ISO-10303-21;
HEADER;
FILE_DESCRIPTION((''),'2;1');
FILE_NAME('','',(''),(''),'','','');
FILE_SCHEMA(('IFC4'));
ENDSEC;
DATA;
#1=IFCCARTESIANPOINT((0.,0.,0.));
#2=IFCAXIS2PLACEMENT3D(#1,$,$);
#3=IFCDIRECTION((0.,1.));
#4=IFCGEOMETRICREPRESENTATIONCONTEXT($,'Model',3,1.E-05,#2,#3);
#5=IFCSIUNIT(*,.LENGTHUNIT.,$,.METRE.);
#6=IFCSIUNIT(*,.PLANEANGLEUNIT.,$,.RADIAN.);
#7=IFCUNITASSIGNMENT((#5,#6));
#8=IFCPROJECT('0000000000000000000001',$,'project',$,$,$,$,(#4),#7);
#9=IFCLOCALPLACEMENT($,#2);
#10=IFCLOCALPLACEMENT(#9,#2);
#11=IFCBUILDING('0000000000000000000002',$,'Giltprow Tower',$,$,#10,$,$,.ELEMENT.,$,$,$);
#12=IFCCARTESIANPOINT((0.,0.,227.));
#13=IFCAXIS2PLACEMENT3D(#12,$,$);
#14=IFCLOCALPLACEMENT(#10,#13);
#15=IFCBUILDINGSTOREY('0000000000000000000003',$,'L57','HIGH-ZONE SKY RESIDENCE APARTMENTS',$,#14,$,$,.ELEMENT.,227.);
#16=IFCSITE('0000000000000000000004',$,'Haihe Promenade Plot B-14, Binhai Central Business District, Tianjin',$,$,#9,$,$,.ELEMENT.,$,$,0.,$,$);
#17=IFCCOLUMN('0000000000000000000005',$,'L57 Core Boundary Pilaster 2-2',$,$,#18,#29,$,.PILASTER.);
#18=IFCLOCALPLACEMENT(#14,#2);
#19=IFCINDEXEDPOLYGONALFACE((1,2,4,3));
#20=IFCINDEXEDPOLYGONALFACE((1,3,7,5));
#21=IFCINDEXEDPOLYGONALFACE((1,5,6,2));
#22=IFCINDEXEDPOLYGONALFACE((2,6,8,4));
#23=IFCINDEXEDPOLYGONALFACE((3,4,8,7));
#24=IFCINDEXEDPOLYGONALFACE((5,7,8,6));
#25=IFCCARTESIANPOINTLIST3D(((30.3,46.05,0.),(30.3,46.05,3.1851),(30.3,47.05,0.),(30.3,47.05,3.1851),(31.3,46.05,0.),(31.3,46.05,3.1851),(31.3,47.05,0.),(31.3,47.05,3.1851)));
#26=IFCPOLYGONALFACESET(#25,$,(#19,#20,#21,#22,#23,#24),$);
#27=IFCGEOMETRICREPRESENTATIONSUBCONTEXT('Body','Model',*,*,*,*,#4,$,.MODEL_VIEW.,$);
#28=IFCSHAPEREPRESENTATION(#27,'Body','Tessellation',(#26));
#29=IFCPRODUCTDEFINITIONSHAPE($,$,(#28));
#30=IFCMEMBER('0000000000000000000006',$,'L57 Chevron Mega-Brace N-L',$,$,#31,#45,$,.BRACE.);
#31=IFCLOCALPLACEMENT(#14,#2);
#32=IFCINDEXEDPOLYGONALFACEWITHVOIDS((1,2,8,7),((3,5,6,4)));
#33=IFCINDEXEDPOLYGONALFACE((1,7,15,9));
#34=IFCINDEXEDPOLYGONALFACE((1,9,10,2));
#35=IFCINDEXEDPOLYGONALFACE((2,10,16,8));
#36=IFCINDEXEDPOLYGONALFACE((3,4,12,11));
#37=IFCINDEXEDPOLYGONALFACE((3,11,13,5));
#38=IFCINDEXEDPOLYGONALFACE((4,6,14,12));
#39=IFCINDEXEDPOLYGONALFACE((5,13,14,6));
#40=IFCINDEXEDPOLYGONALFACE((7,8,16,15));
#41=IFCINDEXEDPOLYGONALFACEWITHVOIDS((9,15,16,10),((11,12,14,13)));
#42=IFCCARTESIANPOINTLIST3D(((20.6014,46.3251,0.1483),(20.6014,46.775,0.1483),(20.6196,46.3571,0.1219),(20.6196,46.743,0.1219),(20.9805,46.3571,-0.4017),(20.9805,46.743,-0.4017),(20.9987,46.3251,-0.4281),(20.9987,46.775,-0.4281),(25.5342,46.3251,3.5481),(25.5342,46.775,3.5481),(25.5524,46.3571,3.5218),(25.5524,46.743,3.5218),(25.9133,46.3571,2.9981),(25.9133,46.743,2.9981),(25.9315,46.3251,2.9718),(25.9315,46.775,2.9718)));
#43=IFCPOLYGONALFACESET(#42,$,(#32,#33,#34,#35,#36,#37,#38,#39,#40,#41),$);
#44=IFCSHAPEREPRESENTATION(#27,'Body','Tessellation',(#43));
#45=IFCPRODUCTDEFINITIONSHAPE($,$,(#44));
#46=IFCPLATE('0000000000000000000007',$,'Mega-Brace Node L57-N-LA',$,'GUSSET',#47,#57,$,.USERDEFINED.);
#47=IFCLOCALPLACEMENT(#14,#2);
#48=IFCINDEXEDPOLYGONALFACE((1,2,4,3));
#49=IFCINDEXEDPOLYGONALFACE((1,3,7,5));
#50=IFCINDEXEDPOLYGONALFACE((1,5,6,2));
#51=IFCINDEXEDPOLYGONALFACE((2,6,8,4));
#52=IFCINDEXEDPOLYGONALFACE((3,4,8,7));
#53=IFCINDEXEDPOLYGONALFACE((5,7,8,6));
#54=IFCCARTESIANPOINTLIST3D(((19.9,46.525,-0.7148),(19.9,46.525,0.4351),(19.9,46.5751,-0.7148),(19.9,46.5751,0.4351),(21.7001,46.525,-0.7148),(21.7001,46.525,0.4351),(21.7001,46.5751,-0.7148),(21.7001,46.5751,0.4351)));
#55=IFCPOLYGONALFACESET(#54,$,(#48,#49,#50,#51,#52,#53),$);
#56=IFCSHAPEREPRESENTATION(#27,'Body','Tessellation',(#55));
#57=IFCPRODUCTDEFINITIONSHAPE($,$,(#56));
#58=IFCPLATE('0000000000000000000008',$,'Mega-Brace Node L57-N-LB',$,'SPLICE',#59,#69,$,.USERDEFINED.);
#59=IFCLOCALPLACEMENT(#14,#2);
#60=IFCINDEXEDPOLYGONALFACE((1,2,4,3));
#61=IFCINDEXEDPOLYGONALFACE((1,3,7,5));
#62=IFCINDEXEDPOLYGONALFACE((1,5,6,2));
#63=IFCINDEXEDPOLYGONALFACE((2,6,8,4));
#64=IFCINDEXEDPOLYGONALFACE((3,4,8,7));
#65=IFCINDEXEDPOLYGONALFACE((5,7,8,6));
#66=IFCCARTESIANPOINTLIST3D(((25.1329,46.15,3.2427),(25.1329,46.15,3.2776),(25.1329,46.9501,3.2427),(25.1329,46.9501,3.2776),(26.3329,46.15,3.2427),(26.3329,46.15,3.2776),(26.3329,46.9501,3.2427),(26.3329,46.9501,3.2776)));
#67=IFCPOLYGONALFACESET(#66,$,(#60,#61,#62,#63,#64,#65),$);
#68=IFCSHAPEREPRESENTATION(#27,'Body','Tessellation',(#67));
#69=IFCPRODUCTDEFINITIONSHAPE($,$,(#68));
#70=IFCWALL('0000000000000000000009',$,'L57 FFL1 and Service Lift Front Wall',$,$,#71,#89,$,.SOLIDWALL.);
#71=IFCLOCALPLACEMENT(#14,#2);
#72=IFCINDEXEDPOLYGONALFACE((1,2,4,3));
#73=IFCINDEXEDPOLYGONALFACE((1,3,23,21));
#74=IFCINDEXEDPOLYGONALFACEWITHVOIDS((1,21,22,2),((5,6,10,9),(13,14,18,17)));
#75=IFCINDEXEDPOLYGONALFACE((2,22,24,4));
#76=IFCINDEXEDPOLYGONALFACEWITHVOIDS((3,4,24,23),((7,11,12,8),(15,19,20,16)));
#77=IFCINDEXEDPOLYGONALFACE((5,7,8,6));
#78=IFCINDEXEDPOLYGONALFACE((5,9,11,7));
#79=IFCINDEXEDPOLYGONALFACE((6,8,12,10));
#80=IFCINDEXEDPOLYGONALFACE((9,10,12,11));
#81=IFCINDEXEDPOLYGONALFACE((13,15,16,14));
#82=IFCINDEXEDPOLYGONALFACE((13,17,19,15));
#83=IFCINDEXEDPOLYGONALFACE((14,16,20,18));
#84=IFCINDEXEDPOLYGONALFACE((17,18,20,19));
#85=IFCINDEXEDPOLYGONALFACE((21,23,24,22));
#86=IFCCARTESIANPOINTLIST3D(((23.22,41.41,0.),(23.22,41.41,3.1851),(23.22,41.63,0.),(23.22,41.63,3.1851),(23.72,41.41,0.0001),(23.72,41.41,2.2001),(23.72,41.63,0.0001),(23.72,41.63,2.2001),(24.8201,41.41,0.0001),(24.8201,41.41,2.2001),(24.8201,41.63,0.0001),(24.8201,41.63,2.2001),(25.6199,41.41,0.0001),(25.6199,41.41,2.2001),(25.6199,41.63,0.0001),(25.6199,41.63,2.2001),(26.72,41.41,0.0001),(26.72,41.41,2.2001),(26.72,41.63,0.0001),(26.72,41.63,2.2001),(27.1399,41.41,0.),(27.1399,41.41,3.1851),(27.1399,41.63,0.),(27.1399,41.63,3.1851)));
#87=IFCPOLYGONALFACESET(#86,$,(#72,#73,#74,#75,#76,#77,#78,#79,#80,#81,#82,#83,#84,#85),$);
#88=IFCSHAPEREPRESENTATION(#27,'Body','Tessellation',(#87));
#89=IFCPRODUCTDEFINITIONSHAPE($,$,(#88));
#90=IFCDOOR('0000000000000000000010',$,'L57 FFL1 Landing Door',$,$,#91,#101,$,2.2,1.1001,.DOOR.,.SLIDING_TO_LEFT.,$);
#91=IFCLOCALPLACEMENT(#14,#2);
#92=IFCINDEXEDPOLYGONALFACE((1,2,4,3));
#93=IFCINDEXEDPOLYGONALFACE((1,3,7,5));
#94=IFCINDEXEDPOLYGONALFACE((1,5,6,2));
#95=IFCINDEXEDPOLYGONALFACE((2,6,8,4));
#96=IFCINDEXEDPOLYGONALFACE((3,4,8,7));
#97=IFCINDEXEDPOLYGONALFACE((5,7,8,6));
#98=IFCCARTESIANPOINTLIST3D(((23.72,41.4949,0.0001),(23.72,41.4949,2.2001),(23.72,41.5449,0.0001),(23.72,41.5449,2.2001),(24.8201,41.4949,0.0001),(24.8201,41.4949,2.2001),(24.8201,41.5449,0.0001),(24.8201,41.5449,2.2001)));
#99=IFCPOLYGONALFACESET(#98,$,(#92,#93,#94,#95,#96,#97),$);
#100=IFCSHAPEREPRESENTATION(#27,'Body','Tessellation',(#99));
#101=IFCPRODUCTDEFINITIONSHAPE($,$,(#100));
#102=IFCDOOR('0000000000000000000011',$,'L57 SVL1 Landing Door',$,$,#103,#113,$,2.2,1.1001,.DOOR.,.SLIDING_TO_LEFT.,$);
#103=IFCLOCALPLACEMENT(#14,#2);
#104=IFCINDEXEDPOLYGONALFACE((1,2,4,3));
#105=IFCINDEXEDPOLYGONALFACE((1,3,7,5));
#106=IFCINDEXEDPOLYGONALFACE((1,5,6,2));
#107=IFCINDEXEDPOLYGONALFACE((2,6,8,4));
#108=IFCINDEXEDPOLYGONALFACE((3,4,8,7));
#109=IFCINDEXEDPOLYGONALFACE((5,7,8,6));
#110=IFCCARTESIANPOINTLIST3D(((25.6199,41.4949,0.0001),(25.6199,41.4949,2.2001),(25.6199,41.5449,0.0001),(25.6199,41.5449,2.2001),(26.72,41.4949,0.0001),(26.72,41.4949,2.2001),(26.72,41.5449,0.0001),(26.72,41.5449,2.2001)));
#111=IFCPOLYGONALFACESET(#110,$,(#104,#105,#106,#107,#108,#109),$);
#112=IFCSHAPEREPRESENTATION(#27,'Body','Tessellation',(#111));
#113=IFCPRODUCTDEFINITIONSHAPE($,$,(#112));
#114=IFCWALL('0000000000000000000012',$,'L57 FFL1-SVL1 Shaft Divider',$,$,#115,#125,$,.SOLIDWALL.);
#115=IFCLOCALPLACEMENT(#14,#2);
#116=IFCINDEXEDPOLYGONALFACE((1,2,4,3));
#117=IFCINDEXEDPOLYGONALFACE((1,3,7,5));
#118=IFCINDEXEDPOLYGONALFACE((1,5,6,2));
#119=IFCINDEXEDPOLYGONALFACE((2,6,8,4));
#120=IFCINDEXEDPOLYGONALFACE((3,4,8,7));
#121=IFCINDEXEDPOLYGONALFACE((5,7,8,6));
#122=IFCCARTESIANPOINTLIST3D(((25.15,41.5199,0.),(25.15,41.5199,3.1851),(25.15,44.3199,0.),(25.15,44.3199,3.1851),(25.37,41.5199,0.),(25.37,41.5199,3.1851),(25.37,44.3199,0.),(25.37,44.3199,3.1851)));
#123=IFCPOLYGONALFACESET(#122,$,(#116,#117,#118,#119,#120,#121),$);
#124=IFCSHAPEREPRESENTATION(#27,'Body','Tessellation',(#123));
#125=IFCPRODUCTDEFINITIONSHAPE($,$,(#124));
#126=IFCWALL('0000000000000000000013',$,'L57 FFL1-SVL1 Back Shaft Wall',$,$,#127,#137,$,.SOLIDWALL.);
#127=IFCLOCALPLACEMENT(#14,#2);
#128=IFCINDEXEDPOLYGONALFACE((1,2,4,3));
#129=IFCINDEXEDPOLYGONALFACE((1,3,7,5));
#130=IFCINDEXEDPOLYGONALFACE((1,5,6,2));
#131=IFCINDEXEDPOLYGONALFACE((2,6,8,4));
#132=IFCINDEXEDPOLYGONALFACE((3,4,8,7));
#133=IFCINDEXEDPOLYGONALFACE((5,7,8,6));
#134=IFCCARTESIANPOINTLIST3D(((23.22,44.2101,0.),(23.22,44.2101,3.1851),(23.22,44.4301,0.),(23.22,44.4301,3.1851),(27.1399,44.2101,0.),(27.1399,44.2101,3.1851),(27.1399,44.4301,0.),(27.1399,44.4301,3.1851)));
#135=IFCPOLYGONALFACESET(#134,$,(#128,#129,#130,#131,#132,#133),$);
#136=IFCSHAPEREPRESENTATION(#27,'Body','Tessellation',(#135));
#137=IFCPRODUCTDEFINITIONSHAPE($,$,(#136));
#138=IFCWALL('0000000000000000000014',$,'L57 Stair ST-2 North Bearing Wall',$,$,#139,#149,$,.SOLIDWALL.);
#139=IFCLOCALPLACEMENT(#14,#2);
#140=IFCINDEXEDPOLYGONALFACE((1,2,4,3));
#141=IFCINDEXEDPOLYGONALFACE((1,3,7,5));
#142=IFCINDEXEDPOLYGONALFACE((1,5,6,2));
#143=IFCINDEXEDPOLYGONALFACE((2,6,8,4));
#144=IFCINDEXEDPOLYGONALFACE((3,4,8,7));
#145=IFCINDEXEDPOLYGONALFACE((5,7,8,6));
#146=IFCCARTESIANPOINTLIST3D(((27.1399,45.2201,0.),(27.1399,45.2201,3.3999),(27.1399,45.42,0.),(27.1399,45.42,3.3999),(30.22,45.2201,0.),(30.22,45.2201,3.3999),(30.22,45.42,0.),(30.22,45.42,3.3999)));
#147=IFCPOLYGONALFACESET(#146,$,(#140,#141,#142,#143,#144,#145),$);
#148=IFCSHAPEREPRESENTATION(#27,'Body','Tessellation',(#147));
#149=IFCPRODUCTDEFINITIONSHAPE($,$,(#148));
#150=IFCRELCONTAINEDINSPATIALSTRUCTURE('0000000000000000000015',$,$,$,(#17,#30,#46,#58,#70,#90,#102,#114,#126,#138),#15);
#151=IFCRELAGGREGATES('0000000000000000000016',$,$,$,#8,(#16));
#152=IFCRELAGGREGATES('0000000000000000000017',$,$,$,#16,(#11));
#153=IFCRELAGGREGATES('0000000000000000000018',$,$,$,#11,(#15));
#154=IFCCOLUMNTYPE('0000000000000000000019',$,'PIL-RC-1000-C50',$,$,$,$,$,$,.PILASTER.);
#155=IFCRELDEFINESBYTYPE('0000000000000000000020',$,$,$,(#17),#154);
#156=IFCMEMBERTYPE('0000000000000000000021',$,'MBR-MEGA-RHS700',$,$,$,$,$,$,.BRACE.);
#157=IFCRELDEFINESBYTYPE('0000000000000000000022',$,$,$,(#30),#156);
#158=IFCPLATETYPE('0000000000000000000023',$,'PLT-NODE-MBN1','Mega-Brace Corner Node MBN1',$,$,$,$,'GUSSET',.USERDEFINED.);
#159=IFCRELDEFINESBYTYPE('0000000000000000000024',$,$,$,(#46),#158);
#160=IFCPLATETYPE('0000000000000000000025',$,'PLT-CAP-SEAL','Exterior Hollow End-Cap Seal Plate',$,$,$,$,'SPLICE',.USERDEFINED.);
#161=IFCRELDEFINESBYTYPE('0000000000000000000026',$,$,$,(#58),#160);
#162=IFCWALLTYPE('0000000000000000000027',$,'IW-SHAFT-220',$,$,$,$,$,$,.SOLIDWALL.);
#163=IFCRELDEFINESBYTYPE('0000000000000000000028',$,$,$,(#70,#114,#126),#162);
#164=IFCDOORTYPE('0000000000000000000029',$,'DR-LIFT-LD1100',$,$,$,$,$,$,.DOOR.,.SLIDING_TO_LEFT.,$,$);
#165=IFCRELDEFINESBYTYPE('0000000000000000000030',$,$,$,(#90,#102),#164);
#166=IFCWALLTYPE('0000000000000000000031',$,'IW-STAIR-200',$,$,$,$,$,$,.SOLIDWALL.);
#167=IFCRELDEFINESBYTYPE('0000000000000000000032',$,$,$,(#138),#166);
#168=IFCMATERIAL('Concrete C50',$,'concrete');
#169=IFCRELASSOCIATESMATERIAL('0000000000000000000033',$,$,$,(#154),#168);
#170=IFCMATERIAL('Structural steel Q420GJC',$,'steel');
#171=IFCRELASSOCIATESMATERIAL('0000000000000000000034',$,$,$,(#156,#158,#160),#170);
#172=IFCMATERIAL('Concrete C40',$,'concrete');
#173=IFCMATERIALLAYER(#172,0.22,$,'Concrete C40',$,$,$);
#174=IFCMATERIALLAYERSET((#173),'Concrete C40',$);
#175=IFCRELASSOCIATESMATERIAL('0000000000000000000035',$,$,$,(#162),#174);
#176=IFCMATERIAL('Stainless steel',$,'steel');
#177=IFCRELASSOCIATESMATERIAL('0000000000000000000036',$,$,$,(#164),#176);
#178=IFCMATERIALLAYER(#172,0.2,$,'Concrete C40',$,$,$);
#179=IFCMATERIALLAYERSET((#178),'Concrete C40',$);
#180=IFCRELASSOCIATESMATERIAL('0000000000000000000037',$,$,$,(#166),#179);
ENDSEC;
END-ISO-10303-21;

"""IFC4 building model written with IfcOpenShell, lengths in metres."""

from ifc_helpers import new_model, si_unit, direction, frame, frame_2d, origin, origin_2d, place, context, subcontext, project, spatial, rectangle, hollow_rectangle, extrude, source, transform, mapped, material, layer, layer_set, material_profile, profile_set, type_object, element, fill, save


model = new_model("IFC4")

# Units and contexts
model_context = context("Model", 3, precision=1e-05, world=origin(), true_north=direction((0.0, 1.0)))
body_context = subcontext(model_context, "Body", "Model", "MODEL_VIEW")
ifc_project = project(units=[si_unit("LENGTHUNIT", "METRE"), si_unit("PLANEANGLEUNIT", "RADIAN")], contexts=[model_context])

# Site, building, storey
site_placement = place(None, origin())
site = spatial("IfcSite", under=ifc_project, at=site_placement, Name="Haihe Promenade Plot B-14, Binhai Central Business District, Tianjin", CompositionType="ELEMENT", RefElevation=0.0)
building_placement = place(site_placement, origin())
building = spatial("IfcBuilding", under=site, at=building_placement, Name="Giltprow Tower", CompositionType="ELEMENT")
storey_placement = place(building_placement, frame((0.0, 0.0, 227.0)))
storey = spatial("IfcBuildingStorey", under=building, at=storey_placement, Name="L57", Description="HIGH-ZONE SKY RESIDENCE APARTMENTS", CompositionType="ELEMENT", Elevation=227.0)

# Column
ifc_material_1 = material(Name="Concrete C50", Category="concrete")
ifc_material_profile_1 = material_profile(ifc_material_1, rectangle(XDim=1.0, YDim=1.0, at=origin_2d()), Name="RC 1000x1000")
ifc_profile_set_1 = profile_set([ifc_material_profile_1], Name="Concrete C50")
column_type = type_object("IfcColumnType", Name="PIL-RC-1000-C50", PredefinedType="PILASTER", material=ifc_profile_set_1)
shared_shape_1 = source(origin(), body_context, "Body", "SweptSolid", [
    extrude(rectangle(XDim=1.0, YDim=1.0, at=origin_2d()), origin(), (0.0, 0.0, 1.0), 3.1851),
])
column_placement = place(storey_placement, frame((30.8, 46.55, 0.0), z_axis=(0.0, 0.0, 1.0), x_axis=(1.0, 0.0, 0.0)))
element("IfcColumn", 1, at=column_placement, inside=storey, type_object=column_type, Name="L57 Core Boundary Pilaster 2-2", PredefinedType="PILASTER", context=body_context, shape_type="MappedRepresentation", body=[
    mapped(shared_shape_1, transform((0.0, 0.0, 0.0), x_axis=(1.0, 0.0, 0.0), y_axis=(0.0, 1.0, 0.0), z_axis=(0.0, 0.0, 1.0), scale=1.0)),
])

# Member
ifc_material_2 = material(Name="Structural steel Q420GJC", Category="steel")
ifc_material_profile_2 = material_profile(ifc_material_2, hollow_rectangle(XDim=0.45, YDim=0.7, WallThickness=0.032, at=origin_2d()), Name="RHS 700x450x32")
ifc_profile_set_2 = profile_set([ifc_material_profile_2], Name="Structural steel Q420GJC")
member_type = type_object("IfcMemberType", Name="MBR-MEGA-RHS700", PredefinedType="BRACE", material=ifc_profile_set_2)
shared_shape_2 = source(origin(), body_context, "Body", "SweptSolid", [
    extrude(hollow_rectangle(XDim=0.45, YDim=0.7, WallThickness=0.032, at=origin_2d()), origin(), (0.0, 0.0, 1.0), 5.991),
])
member_placement = place(storey_placement, frame((20.8, 46.55, -0.1399), z_axis=(0.823374, 0.0, 0.567499), x_axis=(0.0, 1.0, 0.0)))
element("IfcMember", 2, at=member_placement, inside=storey, type_object=member_type, Name="L57 Chevron Mega-Brace N-L", PredefinedType="BRACE", context=body_context, shape_type="MappedRepresentation", body=[
    mapped(shared_shape_2, transform((0.0, 0.0, 0.0), x_axis=(1.0, 0.0, 0.0), y_axis=(0.0, 1.0, 0.0), z_axis=(0.0, 0.0, 1.0), scale=1.0)),
])

# Plates
plate_type_1 = type_object("IfcPlateType", Name="PLT-NODE-MBN1", Description="Mega-Brace Corner Node MBN1", ElementType="GUSSET", PredefinedType="USERDEFINED", material=ifc_material_2)
shared_shape_3 = source(origin(), body_context, "Body", "SweptSolid", [
    extrude(rectangle(XDim=1.8, YDim=0.05, at=origin_2d()), origin(), (0.0, 0.0, 1.0), 1.1499),
])
plate_1_placement = place(storey_placement, frame((20.8, 46.55, -0.7148), z_axis=(0.0, 0.0, 1.0), x_axis=(1.0, 0.0, 0.0)))
element("IfcPlate", 3, at=plate_1_placement, inside=storey, type_object=plate_type_1, Name="Mega-Brace Node L57-N-LA", ObjectType="GUSSET", PredefinedType="USERDEFINED", context=body_context, shape_type="MappedRepresentation", body=[
    mapped(shared_shape_3, transform((0.0, 0.0, 0.0), x_axis=(1.0, 0.0, 0.0), y_axis=(0.0, 1.0, 0.0), z_axis=(0.0, 0.0, 1.0), scale=1.0)),
])
plate_type_2 = type_object("IfcPlateType", Name="PLT-CAP-SEAL", Description="Exterior Hollow End-Cap Seal Plate", ElementType="SPLICE", PredefinedType="USERDEFINED", material=ifc_material_2)
shared_shape_4 = source(origin(), body_context, "Body", "SweptSolid", [
    extrude(rectangle(XDim=1.2, YDim=0.8, at=origin_2d()), origin(), (0.0, 0.0, 1.0), 0.0349),
])
plate_2_placement = place(storey_placement, frame((25.7329, 46.55, 3.2427), z_axis=(0.0, 0.0, 1.0), x_axis=(1.0, 0.0, 0.0)))
element("IfcPlate", 4, at=plate_2_placement, inside=storey, type_object=plate_type_2, Name="Mega-Brace Node L57-N-LB", ObjectType="SPLICE", PredefinedType="USERDEFINED", context=body_context, shape_type="MappedRepresentation", body=[
    mapped(shared_shape_4, transform((0.0, 0.0, 0.0), x_axis=(1.0, 0.0, 0.0), y_axis=(0.0, 1.0, 0.0), z_axis=(0.0, 0.0, 1.0), scale=1.0)),
])

# Wall, openings, doors
ifc_material_3 = material(Name="Concrete C40", Category="concrete")
ifc_layer_1 = layer(ifc_material_3, 0.22, Name="Concrete C40")
ifc_layer_set_1 = layer_set([ifc_layer_1], Name="Concrete C40")
wall_type_1 = type_object("IfcWallType", Name="IW-SHAFT-220", PredefinedType="SOLIDWALL", material=ifc_layer_set_1)
wall_1_placement = place(storey_placement, frame((23.22, 41.52, 0.0), z_axis=(0.0, 0.0, 1.0), x_axis=(1.0, 0.0, 0.0)))
wall_1 = element("IfcWall", 5, at=wall_1_placement, inside=storey, type_object=wall_type_1, Name="L57 FFL1 and Service Lift Front Wall", PredefinedType="SOLIDWALL", context=body_context, shape_type="SweptSolid", body=[
    extrude(rectangle(XDim=3.9199, YDim=0.22, at=frame_2d((1.96, 0.0))), origin(), (0.0, 0.0, 1.0), 3.1851),
])
opening_1_placement = place(wall_1_placement, frame((0.5, 0.0, 0.0)))
opening_1 = element("IfcOpeningElement", 6, at=opening_1_placement, cuts=wall_1, PredefinedType="OPENING", context=body_context, shape_type="SweptSolid", body=[
    extrude(rectangle(XDim=1.1001, YDim=2.2, at=frame_2d((0.55, 1.1001))), frame((0.0, 0.1199, 0.0), z_axis=(0.0, -1.0, 0.0), x_axis=(1.0, 0.0, 0.0)), (0.0, 0.0, 1.0), 0.24),
])
opening_2_placement = place(wall_1_placement, frame((2.3999, 0.0, 0.0)))
opening_2 = element("IfcOpeningElement", 7, at=opening_2_placement, cuts=wall_1, PredefinedType="OPENING", context=body_context, shape_type="SweptSolid", body=[
    extrude(rectangle(XDim=1.1001, YDim=2.2, at=frame_2d((0.55, 1.1001))), frame((0.0, 0.1199, 0.0), z_axis=(0.0, -1.0, 0.0), x_axis=(1.0, 0.0, 0.0)), (0.0, 0.0, 1.0), 0.24),
])
ifc_material_4 = material(Name="Stainless steel", Category="steel")
door_type = type_object("IfcDoorType", Name="DR-LIFT-LD1100", OperationType="SLIDING_TO_LEFT", PredefinedType="DOOR", material=ifc_material_4)
shared_shape_5 = source(origin(), body_context, "Body", "SweptSolid", [
    extrude(rectangle(XDim=1.1001, YDim=2.2, at=frame_2d((0.55, 1.1001))), frame((0.0, 0.0249, 0.0), z_axis=(0.0, -1.0, 0.0), x_axis=(1.0, 0.0, 0.0)), (0.0, 0.0, 1.0), 0.05),
])
door_1_placement = place(opening_1_placement, origin())
door_1 = element("IfcDoor", 8, at=door_1_placement, inside=storey, type_object=door_type, Name="L57 FFL1 Landing Door", OperationType="SLIDING_TO_LEFT", OverallHeight=2.2, OverallWidth=1.1001, PredefinedType="DOOR", context=body_context, shape_type="MappedRepresentation", body=[
    mapped(shared_shape_5, transform((0.0, 0.0, 0.0), x_axis=(1.0, 0.0, 0.0), y_axis=(0.0, 1.0, 0.0), z_axis=(0.0, 0.0, 1.0), scale=1.0)),
])
fill(opening_1, door_1)
door_2_placement = place(opening_2_placement, origin())
door_2 = element("IfcDoor", 9, at=door_2_placement, inside=storey, type_object=door_type, Name="L57 SVL1 Landing Door", OperationType="SLIDING_TO_LEFT", OverallHeight=2.2, OverallWidth=1.1001, PredefinedType="DOOR", context=body_context, shape_type="MappedRepresentation", body=[
    mapped(shared_shape_5, transform((0.0, 0.0, 0.0), x_axis=(1.0, 0.0, 0.0), y_axis=(0.0, 1.0, 0.0), z_axis=(0.0, 0.0, 1.0), scale=1.0)),
])
fill(opening_2, door_2)

# Walls
wall_2_placement = place(storey_placement, frame((25.26, 41.52, 0.0), z_axis=(0.0, 0.0, 1.0), x_axis=(0.0, 1.0, 0.0)))
element("IfcWall", 10, at=wall_2_placement, inside=storey, type_object=wall_type_1, Name="L57 FFL1-SVL1 Shaft Divider", PredefinedType="SOLIDWALL", context=body_context, shape_type="SweptSolid", body=[
    extrude(rectangle(XDim=2.8, YDim=0.22, at=frame_2d((1.3999, 0.0))), origin(), (0.0, 0.0, 1.0), 3.1851),
])
wall_3_placement = place(storey_placement, frame((23.22, 44.3201, 0.0), z_axis=(0.0, 0.0, 1.0), x_axis=(1.0, 0.0, 0.0)))
element("IfcWall", 11, at=wall_3_placement, inside=storey, type_object=wall_type_1, Name="L57 FFL1-SVL1 Back Shaft Wall", PredefinedType="SOLIDWALL", context=body_context, shape_type="SweptSolid", body=[
    extrude(rectangle(XDim=3.9199, YDim=0.22, at=frame_2d((1.96, 0.0))), origin(), (0.0, 0.0, 1.0), 3.1851),
])
ifc_layer_2 = layer(ifc_material_3, 0.2, Name="Concrete C40")
ifc_layer_set_2 = layer_set([ifc_layer_2], Name="Concrete C40")
wall_type_2 = type_object("IfcWallType", Name="IW-STAIR-200", PredefinedType="SOLIDWALL", material=ifc_layer_set_2)
wall_4_placement = place(storey_placement, frame((27.1399, 45.3201, 0.0), z_axis=(0.0, 0.0, 1.0), x_axis=(1.0, 0.0, 0.0)))
element("IfcWall", 12, at=wall_4_placement, inside=storey, type_object=wall_type_2, Name="L57 Stair ST-2 North Bearing Wall", PredefinedType="SOLIDWALL", context=body_context, shape_type="SweptSolid", body=[
    extrude(rectangle(XDim=3.0801, YDim=0.2, at=frame_2d((1.54, 0.0))), origin(), (0.0, 0.0, 1.0), 3.3999),
])

save(model, "model.ifc")
